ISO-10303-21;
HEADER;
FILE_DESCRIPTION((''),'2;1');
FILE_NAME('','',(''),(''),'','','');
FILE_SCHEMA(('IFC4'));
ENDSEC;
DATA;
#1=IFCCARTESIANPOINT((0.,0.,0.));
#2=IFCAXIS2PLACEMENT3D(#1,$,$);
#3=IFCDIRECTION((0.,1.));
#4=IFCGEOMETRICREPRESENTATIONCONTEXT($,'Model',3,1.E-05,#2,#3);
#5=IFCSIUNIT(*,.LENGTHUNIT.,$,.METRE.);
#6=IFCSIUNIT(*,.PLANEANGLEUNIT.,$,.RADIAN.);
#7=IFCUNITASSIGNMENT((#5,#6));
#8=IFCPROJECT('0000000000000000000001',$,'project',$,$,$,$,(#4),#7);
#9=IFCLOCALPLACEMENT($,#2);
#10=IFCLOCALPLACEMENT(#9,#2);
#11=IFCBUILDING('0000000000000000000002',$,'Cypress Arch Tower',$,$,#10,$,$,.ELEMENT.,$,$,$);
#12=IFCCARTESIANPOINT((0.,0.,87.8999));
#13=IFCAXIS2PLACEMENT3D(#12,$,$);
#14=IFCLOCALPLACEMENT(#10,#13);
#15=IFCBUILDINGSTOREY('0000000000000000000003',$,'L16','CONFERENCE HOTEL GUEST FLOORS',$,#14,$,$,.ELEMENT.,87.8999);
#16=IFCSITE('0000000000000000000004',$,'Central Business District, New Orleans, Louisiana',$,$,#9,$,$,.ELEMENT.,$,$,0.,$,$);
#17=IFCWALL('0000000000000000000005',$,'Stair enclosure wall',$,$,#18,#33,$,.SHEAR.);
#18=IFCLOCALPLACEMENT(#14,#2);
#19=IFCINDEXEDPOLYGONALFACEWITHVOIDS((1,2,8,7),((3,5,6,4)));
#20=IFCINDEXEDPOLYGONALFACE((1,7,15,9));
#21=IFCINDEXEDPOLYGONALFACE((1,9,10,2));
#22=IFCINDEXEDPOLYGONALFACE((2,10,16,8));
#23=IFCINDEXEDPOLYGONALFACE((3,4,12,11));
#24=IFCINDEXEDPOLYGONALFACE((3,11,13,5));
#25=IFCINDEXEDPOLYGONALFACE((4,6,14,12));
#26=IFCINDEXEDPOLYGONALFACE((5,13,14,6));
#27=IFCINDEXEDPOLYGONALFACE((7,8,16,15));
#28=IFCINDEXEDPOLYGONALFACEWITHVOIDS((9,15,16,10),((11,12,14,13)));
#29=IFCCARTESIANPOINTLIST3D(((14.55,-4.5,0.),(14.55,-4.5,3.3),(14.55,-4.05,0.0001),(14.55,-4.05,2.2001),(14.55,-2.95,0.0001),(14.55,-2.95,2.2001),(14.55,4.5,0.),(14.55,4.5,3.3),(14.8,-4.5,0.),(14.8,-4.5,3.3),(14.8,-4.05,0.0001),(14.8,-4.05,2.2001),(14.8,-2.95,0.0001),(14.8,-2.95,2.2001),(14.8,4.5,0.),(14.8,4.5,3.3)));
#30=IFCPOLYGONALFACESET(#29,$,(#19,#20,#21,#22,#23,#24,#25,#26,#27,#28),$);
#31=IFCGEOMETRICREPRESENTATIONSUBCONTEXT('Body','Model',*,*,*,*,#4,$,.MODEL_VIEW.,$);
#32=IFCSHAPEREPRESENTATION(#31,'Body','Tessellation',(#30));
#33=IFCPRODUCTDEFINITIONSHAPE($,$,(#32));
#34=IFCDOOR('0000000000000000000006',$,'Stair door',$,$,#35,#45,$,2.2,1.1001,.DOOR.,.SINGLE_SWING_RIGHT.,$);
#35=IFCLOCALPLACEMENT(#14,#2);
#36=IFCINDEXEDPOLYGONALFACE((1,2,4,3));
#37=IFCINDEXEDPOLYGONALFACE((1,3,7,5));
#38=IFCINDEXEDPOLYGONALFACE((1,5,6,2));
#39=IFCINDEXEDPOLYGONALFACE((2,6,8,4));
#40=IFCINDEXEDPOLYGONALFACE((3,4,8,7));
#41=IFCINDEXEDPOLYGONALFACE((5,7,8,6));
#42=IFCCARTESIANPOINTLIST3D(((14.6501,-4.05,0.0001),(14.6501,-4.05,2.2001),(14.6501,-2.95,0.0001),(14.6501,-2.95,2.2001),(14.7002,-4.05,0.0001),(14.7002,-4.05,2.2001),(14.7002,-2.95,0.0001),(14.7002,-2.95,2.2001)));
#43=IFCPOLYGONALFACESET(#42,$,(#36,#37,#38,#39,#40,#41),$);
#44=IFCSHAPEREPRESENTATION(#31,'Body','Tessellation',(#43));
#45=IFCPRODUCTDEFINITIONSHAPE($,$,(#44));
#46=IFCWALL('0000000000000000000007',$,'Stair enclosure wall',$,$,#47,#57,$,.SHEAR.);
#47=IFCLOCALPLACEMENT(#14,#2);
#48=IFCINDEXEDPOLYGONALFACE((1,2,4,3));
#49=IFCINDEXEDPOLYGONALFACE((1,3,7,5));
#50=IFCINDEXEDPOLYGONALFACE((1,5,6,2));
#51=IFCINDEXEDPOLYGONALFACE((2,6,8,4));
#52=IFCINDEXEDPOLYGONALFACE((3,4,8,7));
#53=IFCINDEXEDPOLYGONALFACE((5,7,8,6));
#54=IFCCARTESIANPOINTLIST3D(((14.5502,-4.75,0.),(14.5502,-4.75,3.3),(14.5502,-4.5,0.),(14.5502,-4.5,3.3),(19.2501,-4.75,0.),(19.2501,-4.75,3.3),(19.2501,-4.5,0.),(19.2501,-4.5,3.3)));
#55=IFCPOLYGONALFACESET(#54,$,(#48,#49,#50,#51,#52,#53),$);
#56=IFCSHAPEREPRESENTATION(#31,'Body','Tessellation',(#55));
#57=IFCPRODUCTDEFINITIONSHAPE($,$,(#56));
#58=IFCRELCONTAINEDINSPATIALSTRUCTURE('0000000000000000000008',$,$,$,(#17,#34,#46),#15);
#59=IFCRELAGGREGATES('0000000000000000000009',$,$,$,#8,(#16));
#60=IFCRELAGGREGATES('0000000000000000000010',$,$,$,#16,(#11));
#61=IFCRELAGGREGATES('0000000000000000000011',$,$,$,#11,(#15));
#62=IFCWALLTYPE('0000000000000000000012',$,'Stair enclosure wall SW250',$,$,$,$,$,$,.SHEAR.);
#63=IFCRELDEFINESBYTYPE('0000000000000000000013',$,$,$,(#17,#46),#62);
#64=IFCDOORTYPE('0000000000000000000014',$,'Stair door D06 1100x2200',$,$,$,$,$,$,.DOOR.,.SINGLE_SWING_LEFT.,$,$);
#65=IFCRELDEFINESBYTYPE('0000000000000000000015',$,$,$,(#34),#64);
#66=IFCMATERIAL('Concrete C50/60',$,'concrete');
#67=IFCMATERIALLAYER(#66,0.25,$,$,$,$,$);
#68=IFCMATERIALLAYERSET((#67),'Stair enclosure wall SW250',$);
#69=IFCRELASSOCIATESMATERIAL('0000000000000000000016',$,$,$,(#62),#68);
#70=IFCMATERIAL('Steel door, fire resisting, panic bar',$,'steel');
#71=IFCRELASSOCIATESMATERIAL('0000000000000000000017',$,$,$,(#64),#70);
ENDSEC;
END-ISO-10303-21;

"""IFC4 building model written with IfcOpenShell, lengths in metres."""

from ifc_helpers import new_model, si_unit, direction, frame, frame_2d, origin, place, context, subcontext, project, spatial, rectangle, extrude, material, layer, layer_set, type_object, element, fill, save


model = new_model("IFC4")

# Units and contexts
model_context = context("Model", 3, precision=1e-05, world=origin(), true_north=direction((0.0, 1.0)))
body_context = subcontext(model_context, "Body", "Model", "MODEL_VIEW")
ifc_project = project(units=[si_unit("LENGTHUNIT", "METRE"), si_unit("PLANEANGLEUNIT", "RADIAN")], contexts=[model_context])

# Site, building, storey
site_placement = place(None, origin())
site = spatial("IfcSite", under=ifc_project, at=site_placement, Name="Central Business District, New Orleans, Louisiana", CompositionType="ELEMENT", RefElevation=0.0)
building_placement = place(site_placement, origin())
building = spatial("IfcBuilding", under=site, at=building_placement, Name="Cypress Arch Tower", CompositionType="ELEMENT")
storey_placement = place(building_placement, frame((0.0, 0.0, 87.8999)))
storey = spatial("IfcBuildingStorey", under=building, at=storey_placement, Name="L16", Description="CONFERENCE HOTEL GUEST FLOORS", CompositionType="ELEMENT", Elevation=87.8999)

# Wall, opening, door
ifc_material_1 = material(Name="Concrete C50/60", Category="concrete")
ifc_layer_1 = layer(ifc_material_1, 0.25)
ifc_layer_set_1 = layer_set([ifc_layer_1], Name="Stair enclosure wall SW250")
wall_type_1 = type_object("IfcWallType", Name="Stair enclosure wall SW250", PredefinedType="SHEAR", material=ifc_layer_set_1)
wall_1_placement = place(storey_placement, frame((14.675, -4.5, 0.0), z_axis=(0.0, 0.0, 1.0), x_axis=(0.0, 1.0, 0.0)))
wall_1 = element("IfcWall", 1, at=wall_1_placement, inside=storey, type_object=wall_type_1, Name="Stair enclosure wall", PredefinedType="SHEAR", context=body_context, shape_type="SweptSolid", body=[
    extrude(rectangle(XDim=9.0, YDim=0.25, at=frame_2d((4.5, 0.0))), origin(), (0.0, 0.0, 1.0), 3.3),
])
opening_1_placement = place(wall_1_placement, frame((0.45, 0.0, 0.0)))
opening_1 = element("IfcOpeningElement", 2, at=opening_1_placement, cuts=wall_1, PredefinedType="OPENING", context=body_context, shape_type="SweptSolid", body=[
    extrude(rectangle(XDim=1.1001, YDim=2.2, at=frame_2d((0.55, 1.1001))), frame((0.0, 0.135, 0.0), z_axis=(0.0, -1.0, 0.0), x_axis=(1.0, 0.0, 0.0)), (0.0, 0.0, 1.0), 0.27),
])
ifc_material_2 = material(Name="Steel door, fire resisting, panic bar", Category="steel")
door_type_1 = type_object("IfcDoorType", Name="Stair door D06 1100x2200", OperationType="SINGLE_SWING_LEFT", PredefinedType="DOOR", material=ifc_material_2)
door_1_placement = place(opening_1_placement, origin())
door_1 = element("IfcDoor", 3, at=door_1_placement, inside=storey, type_object=door_type_1, Name="Stair door", OperationType="SINGLE_SWING_RIGHT", OverallHeight=2.2, OverallWidth=1.1001, PredefinedType="DOOR", context=body_context, shape_type="SweptSolid", body=[
    extrude(rectangle(XDim=1.1001, YDim=2.2, at=frame_2d((0.55, 1.1001))), frame((0.0, 0.0249, 0.0), z_axis=(0.0, -1.0, 0.0), x_axis=(1.0, 0.0, 0.0)), (0.0, 0.0, 1.0), 0.05),
])
fill(opening_1, door_1)

# Wall
wall_2_placement = place(storey_placement, frame((14.55, -4.625, 0.0), z_axis=(0.0, 0.0, 1.0), x_axis=(1.0, 0.0, 0.0)))
element("IfcWall", 4, at=wall_2_placement, inside=storey, type_object=wall_type_1, Name="Stair enclosure wall", PredefinedType="SHEAR", context=body_context, shape_type="SweptSolid", body=[
    extrude(rectangle(XDim=4.7, YDim=0.25, at=frame_2d((2.3501, 0.0))), origin(), (0.0, 0.0, 1.0), 3.3),
])

save(model, "model.ifc")
